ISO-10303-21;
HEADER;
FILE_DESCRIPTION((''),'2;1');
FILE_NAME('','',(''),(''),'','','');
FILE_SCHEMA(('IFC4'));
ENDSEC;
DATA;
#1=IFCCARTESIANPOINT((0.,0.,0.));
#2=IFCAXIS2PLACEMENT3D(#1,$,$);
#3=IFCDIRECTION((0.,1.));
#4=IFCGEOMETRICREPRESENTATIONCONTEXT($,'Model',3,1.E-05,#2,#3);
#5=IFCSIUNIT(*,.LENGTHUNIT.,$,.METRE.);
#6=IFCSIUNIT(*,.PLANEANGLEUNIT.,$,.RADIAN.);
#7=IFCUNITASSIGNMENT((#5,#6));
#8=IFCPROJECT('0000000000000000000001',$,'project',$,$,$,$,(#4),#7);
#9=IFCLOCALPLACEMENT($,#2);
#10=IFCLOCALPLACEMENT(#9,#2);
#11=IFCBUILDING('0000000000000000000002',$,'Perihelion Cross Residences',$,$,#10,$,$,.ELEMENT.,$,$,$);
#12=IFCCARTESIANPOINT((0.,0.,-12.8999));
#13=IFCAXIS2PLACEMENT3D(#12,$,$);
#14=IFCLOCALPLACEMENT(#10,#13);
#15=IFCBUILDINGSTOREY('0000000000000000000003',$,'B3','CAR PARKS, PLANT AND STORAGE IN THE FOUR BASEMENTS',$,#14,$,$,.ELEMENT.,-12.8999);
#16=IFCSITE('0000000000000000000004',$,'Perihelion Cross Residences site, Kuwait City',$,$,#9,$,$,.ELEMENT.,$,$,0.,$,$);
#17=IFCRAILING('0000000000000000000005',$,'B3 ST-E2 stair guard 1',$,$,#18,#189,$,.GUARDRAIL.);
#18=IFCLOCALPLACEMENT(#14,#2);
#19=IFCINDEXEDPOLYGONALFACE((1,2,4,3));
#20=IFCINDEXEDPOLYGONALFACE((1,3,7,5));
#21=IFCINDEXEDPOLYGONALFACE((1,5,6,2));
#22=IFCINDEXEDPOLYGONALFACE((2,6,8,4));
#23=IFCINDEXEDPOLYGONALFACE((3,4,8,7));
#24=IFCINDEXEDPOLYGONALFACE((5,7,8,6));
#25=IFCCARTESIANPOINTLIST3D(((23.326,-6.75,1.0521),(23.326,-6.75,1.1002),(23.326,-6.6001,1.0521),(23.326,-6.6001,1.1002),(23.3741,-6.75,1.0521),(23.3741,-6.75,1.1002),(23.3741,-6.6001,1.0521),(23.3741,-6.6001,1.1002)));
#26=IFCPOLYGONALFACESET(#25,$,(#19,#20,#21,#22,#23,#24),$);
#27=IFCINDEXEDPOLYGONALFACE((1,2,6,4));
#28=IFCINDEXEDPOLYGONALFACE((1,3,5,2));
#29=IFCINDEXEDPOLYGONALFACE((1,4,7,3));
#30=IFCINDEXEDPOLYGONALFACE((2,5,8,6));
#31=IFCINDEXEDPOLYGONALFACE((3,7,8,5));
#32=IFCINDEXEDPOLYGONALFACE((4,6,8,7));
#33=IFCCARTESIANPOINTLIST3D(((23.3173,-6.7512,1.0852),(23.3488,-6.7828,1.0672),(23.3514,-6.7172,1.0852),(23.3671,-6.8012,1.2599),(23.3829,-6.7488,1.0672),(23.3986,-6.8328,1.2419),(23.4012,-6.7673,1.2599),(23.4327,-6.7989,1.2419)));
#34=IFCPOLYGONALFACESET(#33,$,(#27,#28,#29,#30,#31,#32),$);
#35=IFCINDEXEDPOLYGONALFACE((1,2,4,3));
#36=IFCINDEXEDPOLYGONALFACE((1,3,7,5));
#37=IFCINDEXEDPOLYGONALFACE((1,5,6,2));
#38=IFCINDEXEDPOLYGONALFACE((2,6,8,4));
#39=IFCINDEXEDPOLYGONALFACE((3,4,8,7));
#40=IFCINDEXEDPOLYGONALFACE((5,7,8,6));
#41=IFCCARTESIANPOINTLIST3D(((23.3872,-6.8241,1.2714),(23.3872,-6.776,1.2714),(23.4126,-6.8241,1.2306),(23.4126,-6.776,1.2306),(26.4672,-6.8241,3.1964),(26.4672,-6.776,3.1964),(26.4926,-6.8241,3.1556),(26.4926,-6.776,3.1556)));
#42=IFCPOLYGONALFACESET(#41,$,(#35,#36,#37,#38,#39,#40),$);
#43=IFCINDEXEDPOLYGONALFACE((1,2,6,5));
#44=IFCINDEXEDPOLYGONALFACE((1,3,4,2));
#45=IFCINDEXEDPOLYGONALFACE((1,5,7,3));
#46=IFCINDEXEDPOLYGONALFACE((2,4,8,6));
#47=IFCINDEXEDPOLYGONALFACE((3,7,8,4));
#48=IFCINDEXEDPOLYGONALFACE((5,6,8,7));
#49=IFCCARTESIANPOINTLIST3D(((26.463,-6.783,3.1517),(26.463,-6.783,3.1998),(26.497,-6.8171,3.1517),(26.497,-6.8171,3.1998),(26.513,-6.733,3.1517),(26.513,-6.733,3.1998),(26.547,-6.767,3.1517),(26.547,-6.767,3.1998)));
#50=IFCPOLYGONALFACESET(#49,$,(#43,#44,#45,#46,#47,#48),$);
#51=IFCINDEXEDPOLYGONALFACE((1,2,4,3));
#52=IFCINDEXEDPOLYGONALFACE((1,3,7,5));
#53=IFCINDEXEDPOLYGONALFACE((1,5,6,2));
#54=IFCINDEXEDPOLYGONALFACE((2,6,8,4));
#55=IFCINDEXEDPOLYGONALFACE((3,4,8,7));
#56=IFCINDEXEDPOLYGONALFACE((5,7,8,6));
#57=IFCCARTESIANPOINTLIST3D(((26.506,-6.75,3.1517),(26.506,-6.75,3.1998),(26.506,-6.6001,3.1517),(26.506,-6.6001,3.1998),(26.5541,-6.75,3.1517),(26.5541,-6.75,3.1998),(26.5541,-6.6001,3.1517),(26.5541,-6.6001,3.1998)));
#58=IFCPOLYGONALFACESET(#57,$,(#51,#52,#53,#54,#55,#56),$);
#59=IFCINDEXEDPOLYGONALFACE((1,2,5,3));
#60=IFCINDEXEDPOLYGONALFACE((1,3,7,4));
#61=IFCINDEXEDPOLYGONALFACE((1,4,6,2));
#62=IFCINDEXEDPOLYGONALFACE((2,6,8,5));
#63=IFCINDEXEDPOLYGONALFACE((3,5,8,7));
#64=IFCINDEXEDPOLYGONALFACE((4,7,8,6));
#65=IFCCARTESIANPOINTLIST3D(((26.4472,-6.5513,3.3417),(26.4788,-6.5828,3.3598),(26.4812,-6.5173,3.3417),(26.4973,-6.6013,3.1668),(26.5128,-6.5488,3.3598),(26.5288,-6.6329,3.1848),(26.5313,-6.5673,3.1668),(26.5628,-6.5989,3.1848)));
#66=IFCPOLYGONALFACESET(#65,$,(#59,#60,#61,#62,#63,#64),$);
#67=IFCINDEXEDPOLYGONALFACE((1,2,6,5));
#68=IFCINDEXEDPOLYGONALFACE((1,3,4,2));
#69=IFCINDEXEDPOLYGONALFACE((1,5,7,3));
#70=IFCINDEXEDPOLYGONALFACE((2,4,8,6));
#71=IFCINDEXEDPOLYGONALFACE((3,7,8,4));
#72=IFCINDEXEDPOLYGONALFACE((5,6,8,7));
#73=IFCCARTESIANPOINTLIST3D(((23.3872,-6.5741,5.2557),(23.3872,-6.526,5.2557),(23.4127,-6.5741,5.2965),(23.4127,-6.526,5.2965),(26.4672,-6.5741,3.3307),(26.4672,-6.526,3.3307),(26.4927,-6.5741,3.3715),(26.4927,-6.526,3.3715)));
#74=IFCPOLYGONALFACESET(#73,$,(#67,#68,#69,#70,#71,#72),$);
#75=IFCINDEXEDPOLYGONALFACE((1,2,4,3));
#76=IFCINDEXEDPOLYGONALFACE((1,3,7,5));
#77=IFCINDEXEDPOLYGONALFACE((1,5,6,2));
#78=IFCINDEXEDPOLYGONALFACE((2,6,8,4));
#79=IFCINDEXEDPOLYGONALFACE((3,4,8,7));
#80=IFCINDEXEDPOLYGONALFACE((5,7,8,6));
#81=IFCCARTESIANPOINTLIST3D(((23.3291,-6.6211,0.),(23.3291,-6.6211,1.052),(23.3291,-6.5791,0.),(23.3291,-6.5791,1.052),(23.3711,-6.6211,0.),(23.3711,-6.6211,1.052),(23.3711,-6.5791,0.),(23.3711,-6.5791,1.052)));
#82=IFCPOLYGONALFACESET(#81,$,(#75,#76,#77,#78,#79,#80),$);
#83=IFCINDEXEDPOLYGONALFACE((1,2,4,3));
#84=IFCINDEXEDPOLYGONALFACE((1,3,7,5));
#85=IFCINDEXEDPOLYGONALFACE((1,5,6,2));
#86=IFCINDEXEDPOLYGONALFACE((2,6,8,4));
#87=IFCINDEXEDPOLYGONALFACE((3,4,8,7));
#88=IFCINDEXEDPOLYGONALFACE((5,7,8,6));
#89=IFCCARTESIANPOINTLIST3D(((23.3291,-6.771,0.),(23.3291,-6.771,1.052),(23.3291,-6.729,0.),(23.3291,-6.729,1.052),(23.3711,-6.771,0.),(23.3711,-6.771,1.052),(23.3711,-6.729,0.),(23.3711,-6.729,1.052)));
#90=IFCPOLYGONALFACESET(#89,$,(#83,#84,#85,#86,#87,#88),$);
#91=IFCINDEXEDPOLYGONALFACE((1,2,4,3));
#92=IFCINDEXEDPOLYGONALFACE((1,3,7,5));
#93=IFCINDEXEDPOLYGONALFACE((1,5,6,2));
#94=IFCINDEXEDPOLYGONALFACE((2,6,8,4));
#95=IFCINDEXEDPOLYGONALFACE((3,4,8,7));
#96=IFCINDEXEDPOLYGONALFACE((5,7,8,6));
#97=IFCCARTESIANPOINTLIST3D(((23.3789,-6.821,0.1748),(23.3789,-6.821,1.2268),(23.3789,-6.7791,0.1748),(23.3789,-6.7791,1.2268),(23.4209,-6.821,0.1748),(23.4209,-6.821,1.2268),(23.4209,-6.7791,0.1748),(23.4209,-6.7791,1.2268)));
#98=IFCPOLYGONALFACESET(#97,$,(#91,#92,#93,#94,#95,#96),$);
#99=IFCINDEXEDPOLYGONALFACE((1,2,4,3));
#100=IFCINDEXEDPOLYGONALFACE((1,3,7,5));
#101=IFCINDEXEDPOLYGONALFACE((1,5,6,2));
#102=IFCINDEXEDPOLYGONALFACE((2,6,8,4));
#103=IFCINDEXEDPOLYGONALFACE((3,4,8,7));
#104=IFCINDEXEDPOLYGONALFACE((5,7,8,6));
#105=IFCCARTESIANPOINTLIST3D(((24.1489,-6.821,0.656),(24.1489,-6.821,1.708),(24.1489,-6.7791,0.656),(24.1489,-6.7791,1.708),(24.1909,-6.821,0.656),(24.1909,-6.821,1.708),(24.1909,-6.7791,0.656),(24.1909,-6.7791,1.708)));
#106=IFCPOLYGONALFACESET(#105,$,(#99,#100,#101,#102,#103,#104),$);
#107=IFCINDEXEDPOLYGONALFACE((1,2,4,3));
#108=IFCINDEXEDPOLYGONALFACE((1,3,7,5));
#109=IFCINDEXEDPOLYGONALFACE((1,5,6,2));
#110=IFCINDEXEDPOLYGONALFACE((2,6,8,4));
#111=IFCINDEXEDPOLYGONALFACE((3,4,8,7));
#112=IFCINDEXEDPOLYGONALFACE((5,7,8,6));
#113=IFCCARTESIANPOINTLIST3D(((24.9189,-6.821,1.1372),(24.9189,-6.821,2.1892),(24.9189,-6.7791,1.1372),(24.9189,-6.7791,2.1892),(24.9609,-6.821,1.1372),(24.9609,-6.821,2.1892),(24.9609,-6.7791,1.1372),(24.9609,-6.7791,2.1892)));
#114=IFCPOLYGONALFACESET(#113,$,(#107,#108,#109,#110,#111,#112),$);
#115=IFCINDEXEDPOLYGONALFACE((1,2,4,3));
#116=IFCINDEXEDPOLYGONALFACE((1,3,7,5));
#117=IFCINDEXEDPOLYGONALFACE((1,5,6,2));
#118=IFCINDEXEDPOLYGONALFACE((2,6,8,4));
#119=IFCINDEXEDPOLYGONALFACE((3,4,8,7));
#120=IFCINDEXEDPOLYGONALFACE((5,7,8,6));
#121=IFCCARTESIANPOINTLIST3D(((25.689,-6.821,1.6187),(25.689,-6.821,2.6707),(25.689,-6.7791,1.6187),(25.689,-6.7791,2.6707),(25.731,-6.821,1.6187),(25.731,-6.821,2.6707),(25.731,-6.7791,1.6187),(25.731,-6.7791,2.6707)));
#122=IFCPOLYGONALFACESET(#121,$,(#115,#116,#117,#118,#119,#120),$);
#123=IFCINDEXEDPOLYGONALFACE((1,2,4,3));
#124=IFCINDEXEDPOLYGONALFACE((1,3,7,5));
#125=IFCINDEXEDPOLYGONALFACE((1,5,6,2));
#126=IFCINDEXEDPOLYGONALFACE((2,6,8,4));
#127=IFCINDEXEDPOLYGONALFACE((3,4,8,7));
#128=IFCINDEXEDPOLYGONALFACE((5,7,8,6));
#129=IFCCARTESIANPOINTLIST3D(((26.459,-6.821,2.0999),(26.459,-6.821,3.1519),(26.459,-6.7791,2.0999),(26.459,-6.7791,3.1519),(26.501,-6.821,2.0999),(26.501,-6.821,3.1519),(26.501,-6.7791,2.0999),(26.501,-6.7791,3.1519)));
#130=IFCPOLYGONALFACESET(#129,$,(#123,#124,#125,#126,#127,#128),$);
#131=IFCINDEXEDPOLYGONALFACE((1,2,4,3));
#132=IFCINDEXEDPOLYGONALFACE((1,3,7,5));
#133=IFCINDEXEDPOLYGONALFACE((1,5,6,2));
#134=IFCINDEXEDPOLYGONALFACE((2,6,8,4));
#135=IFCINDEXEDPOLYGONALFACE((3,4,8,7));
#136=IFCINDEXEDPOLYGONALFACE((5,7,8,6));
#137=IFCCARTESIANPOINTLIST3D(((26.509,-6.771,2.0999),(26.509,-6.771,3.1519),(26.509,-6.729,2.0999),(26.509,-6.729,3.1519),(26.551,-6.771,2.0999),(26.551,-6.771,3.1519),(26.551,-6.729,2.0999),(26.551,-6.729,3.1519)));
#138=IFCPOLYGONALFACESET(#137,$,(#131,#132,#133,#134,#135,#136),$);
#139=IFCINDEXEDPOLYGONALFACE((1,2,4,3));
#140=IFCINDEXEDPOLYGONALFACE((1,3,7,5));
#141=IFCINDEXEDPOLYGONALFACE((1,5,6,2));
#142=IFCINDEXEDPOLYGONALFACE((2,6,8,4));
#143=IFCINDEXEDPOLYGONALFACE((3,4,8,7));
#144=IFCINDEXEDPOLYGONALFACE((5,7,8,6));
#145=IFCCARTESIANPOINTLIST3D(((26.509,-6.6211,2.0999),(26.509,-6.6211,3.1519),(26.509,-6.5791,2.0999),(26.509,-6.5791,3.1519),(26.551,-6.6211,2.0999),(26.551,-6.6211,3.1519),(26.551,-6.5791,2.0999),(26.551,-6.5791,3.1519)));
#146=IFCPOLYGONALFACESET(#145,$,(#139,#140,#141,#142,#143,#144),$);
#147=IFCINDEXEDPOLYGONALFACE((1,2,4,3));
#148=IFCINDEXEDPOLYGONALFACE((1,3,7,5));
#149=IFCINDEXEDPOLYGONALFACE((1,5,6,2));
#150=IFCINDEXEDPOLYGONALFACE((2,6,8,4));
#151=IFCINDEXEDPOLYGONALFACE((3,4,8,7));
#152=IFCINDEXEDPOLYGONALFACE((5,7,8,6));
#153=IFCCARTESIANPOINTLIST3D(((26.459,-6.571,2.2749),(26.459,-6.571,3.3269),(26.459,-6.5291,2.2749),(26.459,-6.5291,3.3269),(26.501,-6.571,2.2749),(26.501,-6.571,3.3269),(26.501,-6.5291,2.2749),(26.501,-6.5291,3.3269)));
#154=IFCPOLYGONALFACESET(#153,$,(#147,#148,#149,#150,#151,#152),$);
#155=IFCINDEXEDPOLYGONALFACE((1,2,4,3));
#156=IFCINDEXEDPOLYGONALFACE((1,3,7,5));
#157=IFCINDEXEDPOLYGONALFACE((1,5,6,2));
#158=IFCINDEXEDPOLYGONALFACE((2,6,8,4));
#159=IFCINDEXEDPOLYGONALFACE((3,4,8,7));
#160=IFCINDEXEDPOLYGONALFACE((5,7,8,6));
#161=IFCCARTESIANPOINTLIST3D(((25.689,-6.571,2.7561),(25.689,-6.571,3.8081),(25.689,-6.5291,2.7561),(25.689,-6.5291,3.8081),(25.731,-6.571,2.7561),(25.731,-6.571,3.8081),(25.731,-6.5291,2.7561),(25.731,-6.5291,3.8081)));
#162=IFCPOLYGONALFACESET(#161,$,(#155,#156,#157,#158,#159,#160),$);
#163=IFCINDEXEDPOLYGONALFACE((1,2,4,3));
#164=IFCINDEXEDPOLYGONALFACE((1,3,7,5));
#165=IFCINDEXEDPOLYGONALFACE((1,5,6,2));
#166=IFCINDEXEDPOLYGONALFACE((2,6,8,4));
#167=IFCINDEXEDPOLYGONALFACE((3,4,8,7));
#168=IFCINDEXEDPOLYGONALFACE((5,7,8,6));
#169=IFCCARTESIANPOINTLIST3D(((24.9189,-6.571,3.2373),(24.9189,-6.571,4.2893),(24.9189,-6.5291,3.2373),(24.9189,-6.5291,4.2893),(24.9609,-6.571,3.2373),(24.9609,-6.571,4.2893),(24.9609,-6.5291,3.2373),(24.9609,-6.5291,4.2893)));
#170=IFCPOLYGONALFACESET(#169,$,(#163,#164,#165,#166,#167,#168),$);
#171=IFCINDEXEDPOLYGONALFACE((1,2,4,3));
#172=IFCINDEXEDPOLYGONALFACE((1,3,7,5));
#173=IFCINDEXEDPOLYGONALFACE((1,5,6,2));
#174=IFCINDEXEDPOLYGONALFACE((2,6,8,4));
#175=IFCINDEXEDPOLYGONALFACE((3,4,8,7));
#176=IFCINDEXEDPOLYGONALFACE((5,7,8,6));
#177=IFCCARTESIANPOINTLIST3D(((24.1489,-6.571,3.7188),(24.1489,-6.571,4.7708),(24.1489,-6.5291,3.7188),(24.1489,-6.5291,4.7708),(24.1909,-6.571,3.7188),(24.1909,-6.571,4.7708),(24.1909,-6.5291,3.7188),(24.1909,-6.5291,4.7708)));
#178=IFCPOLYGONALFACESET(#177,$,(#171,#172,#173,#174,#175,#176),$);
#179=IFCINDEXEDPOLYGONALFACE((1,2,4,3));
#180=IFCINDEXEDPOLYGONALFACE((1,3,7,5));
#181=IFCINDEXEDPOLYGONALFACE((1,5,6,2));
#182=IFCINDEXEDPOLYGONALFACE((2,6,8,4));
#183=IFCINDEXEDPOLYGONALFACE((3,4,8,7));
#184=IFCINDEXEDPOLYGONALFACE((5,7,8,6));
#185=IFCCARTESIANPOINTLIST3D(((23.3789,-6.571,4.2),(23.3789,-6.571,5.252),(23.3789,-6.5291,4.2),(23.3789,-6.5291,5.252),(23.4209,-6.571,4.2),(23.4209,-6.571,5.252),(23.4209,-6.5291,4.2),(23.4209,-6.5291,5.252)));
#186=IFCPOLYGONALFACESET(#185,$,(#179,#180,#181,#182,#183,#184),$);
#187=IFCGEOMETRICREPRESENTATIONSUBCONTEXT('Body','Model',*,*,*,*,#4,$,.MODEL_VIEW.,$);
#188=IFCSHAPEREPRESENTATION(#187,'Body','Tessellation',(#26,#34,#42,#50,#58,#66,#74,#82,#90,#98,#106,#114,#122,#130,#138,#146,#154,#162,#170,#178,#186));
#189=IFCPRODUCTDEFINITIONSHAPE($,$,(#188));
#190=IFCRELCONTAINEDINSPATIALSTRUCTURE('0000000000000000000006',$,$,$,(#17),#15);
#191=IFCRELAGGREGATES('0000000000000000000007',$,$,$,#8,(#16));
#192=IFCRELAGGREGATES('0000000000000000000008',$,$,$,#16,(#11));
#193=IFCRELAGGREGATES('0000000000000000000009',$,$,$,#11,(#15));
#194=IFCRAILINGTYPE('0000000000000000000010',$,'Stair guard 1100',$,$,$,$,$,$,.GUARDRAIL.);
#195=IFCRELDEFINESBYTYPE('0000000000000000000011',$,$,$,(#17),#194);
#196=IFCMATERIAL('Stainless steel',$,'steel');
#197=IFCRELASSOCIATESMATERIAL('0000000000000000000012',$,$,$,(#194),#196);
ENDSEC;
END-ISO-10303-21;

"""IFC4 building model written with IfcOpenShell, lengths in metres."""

from ifc_helpers import new_model, si_unit, direction, frame, origin, origin_2d, place, context, subcontext, project, spatial, rectangle, extrude, material, type_object, element, save


model = new_model("IFC4")

# Units and contexts
model_context = context("Model", 3, precision=1e-05, world=origin(), true_north=direction((0.0, 1.0)))
body_context = subcontext(model_context, "Body", "Model", "MODEL_VIEW")
ifc_project = project(units=[si_unit("LENGTHUNIT", "METRE"), si_unit("PLANEANGLEUNIT", "RADIAN")], contexts=[model_context])

# Site, building, storey
site_placement = place(None, origin())
site = spatial("IfcSite", under=ifc_project, at=site_placement, Name="Perihelion Cross Residences site, Kuwait City", CompositionType="ELEMENT", RefElevation=0.0)
building_placement = place(site_placement, origin())
building = spatial("IfcBuilding", under=site, at=building_placement, Name="Perihelion Cross Residences", CompositionType="ELEMENT")
storey_placement = place(building_placement, frame((0.0, 0.0, -12.8999)))
storey = spatial("IfcBuildingStorey", under=building, at=storey_placement, Name="B3", Description="CAR PARKS, PLANT AND STORAGE IN THE FOUR BASEMENTS", CompositionType="ELEMENT", Elevation=-12.8999)

# Railing
ifc_material_1 = material(Name="Stainless steel", Category="steel")
railing_type_1 = type_object("IfcRailingType", Name="Stair guard 1100", PredefinedType="GUARDRAIL", material=ifc_material_1)
railing_1_placement = place(storey_placement, frame((23.3501, -6.6001, 0.0)))
element("IfcRailing", 1, at=railing_1_placement, inside=storey, type_object=railing_type_1, Name="B3 ST-E2 stair guard 1", PredefinedType="GUARDRAIL", context=body_context, shape_type="SweptSolid", body=[
    extrude(rectangle(XDim=0.0481, YDim=0.0481, at=origin_2d()), frame((0.0, 0.0, 1.0762), z_axis=(0.0, -1.0, 0.0), x_axis=(1.0, 0.0, 0.0)), (0.0, 0.0, 1.0), 0.1499),
    extrude(rectangle(XDim=0.0481, YDim=0.0481, at=origin_2d()), frame((0.0, -0.1499, 1.0762), z_axis=(0.264179, -0.265474, 0.927218), x_axis=(0.708834, 0.705376, 0.0)), (0.0, 0.0, 1.0), 0.1885),
    extrude(rectangle(XDim=0.0481, YDim=0.0481, at=origin_2d()), frame((0.0498, -0.2, 1.251), z_axis=(0.847998, 0.0, 0.529999), x_axis=(0.0, 1.0, 0.0)), (0.0, 0.0, 1.0), 3.6321),
    extrude(rectangle(XDim=0.0481, YDim=0.0481, at=origin_2d()), frame((3.1299, -0.2, 3.1758), z_axis=(0.707107, 0.707107, 0.0), x_axis=(-0.707107, 0.707107, 0.0)), (0.0, 0.0, 1.0), 0.0708),
    extrude(rectangle(XDim=0.0481, YDim=0.0481, at=origin_2d()), frame((3.1799, -0.1499, 3.1758), z_axis=(0.0, 1.0, 0.0), x_axis=(-1.0, 0.0, 0.0)), (0.0, 0.0, 1.0), 0.1499),
    extrude(rectangle(XDim=0.0481, YDim=0.0481, at=origin_2d()), frame((3.1799, 0.0, 3.1758), z_axis=(-0.265065, 0.265065, 0.927082), x_axis=(-0.707107, -0.707107, 0.0)), (0.0, 0.0, 1.0), 0.1887),
    extrude(rectangle(XDim=0.0481, YDim=0.0481, at=origin_2d()), frame((3.1299, 0.05, 3.3511), z_axis=(-0.847998, 0.0, 0.529999), x_axis=(0.0, -1.0, 0.0)), (0.0, 0.0, 1.0), 3.6321),
    extrude(rectangle(XDim=0.042, YDim=0.042, at=origin_2d()), origin(), (0.0, 0.0, 1.0), 1.052),
    extrude(rectangle(XDim=0.042, YDim=0.042, at=origin_2d()), frame((0.0, -0.1499, 0.0)), (0.0, 0.0, 1.0), 1.052),
    extrude(rectangle(XDim=0.042, YDim=0.042, at=origin_2d()), frame((0.0498, -0.2, 0.1748)), (0.0, 0.0, 1.0), 1.052),
    extrude(rectangle(XDim=0.042, YDim=0.042, at=origin_2d()), frame((0.8198, -0.2, 0.656)), (0.0, 0.0, 1.0), 1.052),
    extrude(rectangle(XDim=0.042, YDim=0.042, at=origin_2d()), frame((1.5898, -0.2, 1.1372)), (0.0, 0.0, 1.0), 1.052),
    extrude(rectangle(XDim=0.042, YDim=0.042, at=origin_2d()), frame((2.3599, -0.2, 1.6187)), (0.0, 0.0, 1.0), 1.052),
    extrude(rectangle(XDim=0.042, YDim=0.042, at=origin_2d()), frame((3.1299, -0.2, 2.0999)), (0.0, 0.0, 1.0), 1.052),
    extrude(rectangle(XDim=0.042, YDim=0.042, at=origin_2d()), frame((3.1799, -0.1499, 2.0999)), (0.0, 0.0, 1.0), 1.052),
    extrude(rectangle(XDim=0.042, YDim=0.042, at=origin_2d()), frame((3.1799, 0.0, 2.0999)), (0.0, 0.0, 1.0), 1.052),
    extrude(rectangle(XDim=0.042, YDim=0.042, at=origin_2d()), frame((3.1299, 0.05, 2.2749)), (0.0, 0.0, 1.0), 1.052),
    extrude(rectangle(XDim=0.042, YDim=0.042, at=origin_2d()), frame((2.3599, 0.05, 2.7561)), (0.0, 0.0, 1.0), 1.052),
    extrude(rectangle(XDim=0.042, YDim=0.042, at=origin_2d()), frame((1.5898, 0.05, 3.2373)), (0.0, 0.0, 1.0), 1.052),
    extrude(rectangle(XDim=0.042, YDim=0.042, at=origin_2d()), frame((0.8198, 0.05, 3.7188)), (0.0, 0.0, 1.0), 1.052),
    extrude(rectangle(XDim=0.042, YDim=0.042, at=origin_2d()), frame((0.0498, 0.05, 4.2)), (0.0, 0.0, 1.0), 1.052),
])

save(model, "model.ifc")
